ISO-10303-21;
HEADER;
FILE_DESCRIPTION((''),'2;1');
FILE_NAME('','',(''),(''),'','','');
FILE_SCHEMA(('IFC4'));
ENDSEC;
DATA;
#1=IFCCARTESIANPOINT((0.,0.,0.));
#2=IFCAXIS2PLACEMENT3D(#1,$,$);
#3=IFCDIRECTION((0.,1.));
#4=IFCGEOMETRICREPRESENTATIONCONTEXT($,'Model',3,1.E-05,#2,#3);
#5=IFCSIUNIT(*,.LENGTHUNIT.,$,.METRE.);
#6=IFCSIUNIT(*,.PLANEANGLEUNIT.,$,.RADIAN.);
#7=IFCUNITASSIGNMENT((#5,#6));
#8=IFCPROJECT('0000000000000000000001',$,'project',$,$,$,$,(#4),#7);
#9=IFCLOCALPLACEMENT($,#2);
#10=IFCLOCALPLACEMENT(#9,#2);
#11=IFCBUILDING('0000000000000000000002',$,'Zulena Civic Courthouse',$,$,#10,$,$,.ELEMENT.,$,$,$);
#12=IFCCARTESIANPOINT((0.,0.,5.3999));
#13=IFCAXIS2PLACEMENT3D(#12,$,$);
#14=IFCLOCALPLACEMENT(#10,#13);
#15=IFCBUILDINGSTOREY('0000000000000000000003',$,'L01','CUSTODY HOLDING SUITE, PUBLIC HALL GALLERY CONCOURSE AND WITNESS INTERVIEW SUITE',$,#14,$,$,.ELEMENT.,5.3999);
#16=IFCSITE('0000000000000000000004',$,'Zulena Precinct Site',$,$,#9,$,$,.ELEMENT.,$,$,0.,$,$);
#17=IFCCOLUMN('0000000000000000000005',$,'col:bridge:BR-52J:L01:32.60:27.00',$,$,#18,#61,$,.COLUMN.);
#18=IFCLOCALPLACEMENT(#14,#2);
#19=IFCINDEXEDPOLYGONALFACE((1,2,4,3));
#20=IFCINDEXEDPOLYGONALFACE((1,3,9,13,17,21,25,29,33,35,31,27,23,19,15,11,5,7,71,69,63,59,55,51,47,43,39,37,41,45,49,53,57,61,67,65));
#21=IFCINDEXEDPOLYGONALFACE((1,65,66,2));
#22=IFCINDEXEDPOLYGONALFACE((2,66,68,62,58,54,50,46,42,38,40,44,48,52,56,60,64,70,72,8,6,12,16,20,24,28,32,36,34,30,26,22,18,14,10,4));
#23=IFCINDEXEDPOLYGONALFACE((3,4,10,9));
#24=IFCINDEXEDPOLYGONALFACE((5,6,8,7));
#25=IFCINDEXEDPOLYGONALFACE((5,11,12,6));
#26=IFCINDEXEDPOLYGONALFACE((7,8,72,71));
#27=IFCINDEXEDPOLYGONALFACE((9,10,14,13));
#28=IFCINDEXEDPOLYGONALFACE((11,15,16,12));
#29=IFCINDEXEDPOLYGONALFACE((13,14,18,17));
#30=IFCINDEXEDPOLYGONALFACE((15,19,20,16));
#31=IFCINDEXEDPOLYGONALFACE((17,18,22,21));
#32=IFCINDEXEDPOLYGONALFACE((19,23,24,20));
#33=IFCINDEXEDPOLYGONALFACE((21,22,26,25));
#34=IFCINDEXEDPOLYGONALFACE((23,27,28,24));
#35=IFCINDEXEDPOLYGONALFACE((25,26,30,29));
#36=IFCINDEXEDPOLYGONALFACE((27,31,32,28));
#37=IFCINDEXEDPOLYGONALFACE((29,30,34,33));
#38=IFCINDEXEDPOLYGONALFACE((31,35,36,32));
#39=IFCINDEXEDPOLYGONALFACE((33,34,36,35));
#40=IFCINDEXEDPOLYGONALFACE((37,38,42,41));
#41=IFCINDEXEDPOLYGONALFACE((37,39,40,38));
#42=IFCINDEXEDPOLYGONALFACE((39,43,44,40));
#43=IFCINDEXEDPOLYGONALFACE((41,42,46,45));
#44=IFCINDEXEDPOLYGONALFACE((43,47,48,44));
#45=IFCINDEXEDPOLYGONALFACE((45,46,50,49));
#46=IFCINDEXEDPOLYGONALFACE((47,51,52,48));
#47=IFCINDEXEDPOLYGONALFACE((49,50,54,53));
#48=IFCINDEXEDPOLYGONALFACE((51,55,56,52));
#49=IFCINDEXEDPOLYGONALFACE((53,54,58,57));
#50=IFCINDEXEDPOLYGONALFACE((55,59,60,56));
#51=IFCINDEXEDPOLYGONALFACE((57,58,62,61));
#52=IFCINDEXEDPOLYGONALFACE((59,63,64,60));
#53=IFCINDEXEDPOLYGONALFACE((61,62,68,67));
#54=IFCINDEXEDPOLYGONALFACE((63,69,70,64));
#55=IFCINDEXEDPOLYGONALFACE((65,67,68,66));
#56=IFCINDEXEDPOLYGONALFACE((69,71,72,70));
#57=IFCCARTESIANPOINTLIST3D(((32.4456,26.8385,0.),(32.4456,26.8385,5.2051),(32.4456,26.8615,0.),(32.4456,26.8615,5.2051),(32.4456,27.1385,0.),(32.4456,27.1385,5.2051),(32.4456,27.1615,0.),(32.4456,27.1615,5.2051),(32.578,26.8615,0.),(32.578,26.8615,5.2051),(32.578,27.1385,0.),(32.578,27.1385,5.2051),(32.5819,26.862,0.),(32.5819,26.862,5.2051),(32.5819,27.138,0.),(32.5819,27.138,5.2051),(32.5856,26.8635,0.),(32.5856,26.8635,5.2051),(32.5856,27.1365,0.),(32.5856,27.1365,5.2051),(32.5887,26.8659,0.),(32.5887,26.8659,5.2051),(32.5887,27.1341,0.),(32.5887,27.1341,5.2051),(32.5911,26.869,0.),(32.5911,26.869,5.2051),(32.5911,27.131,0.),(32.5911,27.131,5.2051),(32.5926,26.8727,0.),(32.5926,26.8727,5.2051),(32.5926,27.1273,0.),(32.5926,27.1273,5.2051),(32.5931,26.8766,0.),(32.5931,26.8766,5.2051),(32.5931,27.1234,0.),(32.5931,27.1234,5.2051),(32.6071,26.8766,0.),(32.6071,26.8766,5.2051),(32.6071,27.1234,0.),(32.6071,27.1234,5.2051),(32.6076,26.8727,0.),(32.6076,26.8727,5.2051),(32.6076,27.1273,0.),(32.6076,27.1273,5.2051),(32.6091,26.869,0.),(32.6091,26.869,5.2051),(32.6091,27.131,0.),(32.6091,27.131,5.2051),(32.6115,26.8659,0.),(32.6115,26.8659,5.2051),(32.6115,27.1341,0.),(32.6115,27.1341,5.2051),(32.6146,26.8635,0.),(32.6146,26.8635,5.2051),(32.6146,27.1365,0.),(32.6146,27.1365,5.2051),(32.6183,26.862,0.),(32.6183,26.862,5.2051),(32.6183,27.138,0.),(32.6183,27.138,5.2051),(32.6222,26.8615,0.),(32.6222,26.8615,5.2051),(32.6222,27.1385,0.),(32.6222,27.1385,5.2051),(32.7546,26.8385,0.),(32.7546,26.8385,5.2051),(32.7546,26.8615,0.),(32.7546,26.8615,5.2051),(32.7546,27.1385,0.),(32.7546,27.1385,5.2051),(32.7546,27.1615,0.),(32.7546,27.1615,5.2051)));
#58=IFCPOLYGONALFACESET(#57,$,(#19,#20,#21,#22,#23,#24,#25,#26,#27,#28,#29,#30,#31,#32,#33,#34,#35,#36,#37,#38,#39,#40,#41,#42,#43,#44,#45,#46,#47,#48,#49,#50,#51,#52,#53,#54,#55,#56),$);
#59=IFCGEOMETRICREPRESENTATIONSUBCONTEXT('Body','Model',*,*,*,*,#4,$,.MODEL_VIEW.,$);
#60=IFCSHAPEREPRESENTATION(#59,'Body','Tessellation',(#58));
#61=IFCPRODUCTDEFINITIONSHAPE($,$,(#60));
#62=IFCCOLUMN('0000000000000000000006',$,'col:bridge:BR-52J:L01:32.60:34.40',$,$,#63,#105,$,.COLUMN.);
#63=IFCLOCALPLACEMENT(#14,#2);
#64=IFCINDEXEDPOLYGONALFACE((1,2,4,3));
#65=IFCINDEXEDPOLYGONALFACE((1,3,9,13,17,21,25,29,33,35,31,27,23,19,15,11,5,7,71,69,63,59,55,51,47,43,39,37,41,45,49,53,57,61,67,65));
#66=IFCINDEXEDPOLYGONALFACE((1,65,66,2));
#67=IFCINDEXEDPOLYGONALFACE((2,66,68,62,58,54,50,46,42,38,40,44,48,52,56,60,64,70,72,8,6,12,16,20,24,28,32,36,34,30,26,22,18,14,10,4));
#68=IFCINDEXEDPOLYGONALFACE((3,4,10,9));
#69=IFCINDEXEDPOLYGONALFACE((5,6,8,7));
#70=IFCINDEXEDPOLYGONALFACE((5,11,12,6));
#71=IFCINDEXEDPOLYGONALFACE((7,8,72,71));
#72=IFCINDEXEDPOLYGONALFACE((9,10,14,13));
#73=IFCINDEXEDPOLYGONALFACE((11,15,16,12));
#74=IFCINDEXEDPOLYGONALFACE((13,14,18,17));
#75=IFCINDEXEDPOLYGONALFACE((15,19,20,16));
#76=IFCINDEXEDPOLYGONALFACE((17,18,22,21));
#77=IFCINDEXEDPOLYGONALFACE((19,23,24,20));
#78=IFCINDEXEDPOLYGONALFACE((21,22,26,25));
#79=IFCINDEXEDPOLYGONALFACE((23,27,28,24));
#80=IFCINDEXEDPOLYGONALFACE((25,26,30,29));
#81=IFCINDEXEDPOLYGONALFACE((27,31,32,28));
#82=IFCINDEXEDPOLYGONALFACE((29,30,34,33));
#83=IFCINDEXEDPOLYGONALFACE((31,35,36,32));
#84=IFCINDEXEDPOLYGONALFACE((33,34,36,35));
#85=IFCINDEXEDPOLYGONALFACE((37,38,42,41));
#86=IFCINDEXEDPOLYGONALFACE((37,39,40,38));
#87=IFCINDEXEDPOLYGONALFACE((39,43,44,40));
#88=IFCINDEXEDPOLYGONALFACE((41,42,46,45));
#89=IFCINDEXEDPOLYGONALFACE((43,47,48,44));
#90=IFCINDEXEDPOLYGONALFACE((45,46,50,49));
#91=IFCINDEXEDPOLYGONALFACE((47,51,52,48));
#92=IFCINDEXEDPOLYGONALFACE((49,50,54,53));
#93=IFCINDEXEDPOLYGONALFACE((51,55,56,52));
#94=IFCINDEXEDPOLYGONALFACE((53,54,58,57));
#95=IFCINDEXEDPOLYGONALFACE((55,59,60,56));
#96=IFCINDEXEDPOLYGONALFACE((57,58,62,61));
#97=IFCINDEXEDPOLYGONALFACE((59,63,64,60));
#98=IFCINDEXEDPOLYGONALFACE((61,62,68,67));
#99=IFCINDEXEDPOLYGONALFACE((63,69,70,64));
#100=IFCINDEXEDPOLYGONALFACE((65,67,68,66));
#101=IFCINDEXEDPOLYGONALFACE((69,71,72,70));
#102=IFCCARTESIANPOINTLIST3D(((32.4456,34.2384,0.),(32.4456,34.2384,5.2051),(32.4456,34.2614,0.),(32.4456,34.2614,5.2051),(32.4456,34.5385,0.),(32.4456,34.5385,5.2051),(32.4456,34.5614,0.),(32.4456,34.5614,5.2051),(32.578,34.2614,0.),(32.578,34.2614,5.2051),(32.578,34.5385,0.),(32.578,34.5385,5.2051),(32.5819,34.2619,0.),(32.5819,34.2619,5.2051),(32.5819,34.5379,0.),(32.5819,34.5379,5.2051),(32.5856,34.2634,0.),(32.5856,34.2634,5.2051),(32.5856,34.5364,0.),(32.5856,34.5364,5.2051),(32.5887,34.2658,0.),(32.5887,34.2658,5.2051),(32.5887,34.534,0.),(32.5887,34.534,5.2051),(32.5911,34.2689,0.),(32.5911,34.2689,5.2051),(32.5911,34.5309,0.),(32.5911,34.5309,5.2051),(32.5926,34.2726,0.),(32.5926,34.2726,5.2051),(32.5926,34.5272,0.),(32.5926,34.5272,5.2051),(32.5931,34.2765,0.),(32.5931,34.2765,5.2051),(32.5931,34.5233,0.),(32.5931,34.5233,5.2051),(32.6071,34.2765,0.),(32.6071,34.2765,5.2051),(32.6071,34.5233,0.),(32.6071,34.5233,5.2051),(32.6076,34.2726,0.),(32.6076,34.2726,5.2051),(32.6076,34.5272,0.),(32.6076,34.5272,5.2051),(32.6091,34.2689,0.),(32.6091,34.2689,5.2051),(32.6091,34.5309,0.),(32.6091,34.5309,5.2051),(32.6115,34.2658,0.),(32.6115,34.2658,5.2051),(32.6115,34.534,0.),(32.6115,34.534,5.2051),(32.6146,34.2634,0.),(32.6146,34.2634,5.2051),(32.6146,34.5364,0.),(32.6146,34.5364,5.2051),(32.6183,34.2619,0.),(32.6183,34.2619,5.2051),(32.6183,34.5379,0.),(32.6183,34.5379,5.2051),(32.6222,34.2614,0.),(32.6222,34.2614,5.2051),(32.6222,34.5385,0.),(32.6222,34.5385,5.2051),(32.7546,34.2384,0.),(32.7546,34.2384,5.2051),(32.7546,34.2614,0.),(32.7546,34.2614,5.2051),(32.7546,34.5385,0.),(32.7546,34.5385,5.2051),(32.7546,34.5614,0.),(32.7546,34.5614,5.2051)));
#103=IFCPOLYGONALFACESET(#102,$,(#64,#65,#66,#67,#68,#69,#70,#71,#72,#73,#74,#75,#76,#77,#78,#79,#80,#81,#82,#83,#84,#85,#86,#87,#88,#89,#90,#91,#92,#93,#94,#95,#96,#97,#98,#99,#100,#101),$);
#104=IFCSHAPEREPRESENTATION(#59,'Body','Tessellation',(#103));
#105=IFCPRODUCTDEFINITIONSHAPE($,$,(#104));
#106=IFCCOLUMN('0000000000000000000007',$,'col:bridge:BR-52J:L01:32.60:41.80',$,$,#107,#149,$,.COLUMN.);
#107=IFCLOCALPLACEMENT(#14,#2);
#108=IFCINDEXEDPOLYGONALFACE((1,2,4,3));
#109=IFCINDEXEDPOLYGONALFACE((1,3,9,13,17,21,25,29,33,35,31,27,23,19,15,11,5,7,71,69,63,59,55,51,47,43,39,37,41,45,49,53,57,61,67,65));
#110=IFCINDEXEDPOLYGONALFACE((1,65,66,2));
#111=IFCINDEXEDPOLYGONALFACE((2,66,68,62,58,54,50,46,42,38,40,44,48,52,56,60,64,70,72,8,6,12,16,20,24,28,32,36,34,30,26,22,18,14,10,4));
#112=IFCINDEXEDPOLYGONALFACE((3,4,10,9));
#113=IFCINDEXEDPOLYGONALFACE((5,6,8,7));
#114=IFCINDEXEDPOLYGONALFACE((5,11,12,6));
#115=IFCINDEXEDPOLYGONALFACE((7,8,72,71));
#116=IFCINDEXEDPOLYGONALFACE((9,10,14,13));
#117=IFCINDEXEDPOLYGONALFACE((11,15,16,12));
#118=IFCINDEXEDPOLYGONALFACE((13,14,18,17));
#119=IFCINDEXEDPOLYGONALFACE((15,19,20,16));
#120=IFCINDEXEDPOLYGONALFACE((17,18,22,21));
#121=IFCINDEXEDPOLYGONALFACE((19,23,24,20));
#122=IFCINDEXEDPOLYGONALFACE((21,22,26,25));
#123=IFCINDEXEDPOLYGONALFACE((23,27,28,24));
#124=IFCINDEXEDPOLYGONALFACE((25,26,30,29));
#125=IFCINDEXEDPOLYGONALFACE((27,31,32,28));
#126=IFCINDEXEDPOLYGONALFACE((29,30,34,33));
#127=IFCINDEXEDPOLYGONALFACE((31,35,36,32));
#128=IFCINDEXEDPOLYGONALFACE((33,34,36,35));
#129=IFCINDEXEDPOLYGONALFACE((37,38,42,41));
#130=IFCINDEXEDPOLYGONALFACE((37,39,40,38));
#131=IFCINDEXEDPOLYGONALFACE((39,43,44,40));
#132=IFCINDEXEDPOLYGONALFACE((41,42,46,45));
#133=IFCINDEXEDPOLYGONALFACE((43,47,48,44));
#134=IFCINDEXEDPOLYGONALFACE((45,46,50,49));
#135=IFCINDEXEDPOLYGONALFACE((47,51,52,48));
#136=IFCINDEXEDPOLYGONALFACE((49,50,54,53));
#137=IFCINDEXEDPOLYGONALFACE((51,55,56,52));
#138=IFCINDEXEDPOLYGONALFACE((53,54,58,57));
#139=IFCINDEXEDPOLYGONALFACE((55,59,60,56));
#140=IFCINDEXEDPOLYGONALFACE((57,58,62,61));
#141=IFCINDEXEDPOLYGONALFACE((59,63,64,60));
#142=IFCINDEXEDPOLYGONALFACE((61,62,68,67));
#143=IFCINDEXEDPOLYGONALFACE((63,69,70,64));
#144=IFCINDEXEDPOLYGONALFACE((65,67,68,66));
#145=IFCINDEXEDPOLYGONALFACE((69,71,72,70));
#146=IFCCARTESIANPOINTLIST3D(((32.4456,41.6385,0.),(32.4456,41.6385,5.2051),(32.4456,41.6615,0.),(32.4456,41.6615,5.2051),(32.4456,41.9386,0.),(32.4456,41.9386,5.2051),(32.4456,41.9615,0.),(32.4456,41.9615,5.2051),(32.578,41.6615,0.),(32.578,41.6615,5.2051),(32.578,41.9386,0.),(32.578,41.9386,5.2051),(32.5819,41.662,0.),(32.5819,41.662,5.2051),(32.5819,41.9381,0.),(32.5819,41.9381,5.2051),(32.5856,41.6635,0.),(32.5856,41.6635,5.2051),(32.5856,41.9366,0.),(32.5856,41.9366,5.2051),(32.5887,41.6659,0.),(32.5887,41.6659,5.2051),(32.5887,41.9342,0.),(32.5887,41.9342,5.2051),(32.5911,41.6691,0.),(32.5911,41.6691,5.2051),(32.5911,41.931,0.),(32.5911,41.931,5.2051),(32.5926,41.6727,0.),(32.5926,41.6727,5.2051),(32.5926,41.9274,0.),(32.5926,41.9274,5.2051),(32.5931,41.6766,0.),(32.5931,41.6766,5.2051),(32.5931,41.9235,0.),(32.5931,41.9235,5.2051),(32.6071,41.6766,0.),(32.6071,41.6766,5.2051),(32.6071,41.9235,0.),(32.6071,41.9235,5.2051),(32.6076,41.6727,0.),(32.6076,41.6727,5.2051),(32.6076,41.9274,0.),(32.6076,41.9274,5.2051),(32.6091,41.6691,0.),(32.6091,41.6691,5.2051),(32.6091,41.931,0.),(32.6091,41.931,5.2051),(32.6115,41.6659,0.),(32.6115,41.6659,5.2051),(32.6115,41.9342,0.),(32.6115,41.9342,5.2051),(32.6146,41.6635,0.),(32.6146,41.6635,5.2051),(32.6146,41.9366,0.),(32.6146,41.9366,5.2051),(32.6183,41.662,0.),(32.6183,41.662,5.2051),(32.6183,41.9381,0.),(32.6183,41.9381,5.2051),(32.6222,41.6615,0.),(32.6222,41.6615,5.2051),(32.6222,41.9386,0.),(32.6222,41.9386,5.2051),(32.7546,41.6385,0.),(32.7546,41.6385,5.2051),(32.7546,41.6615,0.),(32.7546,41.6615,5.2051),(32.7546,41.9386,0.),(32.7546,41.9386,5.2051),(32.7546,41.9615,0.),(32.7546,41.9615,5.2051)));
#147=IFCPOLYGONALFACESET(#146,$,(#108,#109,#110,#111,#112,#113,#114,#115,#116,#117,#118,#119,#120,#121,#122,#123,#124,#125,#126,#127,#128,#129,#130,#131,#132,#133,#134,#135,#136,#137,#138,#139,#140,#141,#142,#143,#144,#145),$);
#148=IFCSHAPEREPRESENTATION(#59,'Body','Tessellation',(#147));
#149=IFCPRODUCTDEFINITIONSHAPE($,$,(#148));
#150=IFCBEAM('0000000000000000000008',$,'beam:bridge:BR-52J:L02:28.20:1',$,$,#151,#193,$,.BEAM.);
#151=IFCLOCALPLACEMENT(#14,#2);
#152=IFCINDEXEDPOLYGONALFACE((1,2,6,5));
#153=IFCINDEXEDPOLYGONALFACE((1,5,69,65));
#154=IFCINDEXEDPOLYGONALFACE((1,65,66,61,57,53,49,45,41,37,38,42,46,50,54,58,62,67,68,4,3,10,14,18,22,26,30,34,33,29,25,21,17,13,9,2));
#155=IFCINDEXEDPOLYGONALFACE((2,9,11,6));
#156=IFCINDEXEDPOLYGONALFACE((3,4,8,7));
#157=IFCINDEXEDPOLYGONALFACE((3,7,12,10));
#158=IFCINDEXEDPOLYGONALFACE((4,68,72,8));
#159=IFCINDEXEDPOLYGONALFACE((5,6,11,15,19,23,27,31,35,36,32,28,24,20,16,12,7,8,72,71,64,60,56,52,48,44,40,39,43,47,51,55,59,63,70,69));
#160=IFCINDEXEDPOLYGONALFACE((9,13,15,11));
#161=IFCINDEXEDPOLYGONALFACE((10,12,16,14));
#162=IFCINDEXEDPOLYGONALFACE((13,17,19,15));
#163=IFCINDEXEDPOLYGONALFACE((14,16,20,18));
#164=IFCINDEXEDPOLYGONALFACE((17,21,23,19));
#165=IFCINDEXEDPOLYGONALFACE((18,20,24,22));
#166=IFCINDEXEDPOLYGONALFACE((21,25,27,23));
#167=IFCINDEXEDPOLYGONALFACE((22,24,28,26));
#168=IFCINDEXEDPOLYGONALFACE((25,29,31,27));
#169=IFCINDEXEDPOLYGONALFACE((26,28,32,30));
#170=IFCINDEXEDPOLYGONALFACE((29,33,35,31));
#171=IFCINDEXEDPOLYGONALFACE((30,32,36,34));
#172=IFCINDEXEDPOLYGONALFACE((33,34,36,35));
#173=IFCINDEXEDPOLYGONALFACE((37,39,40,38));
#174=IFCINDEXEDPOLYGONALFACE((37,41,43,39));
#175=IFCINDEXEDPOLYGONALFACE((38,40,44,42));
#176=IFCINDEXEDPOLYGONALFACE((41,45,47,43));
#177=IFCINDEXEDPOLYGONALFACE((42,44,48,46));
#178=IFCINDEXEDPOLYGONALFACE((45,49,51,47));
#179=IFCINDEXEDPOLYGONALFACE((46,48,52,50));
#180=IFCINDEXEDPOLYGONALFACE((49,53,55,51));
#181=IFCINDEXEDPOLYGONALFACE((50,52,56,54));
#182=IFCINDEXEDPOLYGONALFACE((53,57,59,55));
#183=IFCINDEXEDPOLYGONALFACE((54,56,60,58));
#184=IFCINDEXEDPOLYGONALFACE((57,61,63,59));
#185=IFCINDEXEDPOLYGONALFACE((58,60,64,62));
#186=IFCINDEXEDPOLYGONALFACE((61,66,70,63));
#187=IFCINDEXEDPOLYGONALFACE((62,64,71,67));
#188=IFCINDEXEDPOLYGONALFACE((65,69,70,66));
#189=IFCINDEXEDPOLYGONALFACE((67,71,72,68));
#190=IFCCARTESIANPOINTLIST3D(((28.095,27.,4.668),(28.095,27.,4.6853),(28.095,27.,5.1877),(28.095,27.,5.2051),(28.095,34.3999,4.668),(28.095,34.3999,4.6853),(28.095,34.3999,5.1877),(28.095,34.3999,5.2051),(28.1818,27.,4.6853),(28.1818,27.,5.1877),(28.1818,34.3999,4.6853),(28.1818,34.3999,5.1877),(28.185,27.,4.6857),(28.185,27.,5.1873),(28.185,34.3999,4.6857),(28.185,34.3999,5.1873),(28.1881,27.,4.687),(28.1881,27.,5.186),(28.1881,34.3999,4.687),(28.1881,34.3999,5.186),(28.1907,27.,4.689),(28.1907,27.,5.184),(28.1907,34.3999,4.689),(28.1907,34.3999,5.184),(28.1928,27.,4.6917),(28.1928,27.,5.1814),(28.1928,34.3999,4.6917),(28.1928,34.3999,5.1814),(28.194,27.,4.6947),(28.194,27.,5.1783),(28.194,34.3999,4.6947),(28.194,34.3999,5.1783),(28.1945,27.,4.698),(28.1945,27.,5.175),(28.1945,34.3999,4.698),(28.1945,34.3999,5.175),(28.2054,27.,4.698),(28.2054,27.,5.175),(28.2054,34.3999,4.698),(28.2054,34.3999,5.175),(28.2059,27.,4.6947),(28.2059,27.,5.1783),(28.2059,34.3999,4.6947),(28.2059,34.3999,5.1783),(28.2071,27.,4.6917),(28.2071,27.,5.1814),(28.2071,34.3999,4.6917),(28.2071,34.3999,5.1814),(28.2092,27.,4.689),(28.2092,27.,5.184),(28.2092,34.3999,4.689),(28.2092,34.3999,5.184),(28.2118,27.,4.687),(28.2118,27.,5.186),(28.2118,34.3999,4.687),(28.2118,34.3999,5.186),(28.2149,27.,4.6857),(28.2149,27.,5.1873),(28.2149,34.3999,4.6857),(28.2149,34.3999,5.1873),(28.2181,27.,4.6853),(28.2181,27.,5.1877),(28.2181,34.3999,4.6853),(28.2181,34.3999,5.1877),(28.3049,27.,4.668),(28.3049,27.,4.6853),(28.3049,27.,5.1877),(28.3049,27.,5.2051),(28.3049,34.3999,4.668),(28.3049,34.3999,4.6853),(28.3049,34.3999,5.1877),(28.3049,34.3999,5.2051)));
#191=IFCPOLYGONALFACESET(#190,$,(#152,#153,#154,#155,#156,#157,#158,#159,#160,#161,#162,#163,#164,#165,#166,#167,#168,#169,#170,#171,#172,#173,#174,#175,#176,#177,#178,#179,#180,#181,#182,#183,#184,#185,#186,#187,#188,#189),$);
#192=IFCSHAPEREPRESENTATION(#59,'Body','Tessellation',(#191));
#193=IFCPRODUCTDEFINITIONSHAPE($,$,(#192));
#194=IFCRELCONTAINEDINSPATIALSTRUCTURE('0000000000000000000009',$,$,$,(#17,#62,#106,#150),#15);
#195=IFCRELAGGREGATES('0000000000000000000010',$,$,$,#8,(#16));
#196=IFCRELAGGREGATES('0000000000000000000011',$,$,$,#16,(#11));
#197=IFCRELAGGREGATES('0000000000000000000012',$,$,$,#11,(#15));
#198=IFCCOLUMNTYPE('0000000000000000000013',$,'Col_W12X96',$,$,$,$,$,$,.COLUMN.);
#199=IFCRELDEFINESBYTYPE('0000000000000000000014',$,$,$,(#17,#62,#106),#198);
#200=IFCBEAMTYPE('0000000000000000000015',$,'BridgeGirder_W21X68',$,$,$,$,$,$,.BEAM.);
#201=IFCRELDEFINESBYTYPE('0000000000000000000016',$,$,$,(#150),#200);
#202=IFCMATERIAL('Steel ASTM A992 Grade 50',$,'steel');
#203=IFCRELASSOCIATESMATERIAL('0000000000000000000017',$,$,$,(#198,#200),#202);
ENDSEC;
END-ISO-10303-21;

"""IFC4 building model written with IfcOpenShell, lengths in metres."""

from ifc_helpers import new_model, si_unit, direction, frame, origin, origin_2d, place, context, subcontext, project, spatial, i_section, extrude, material, material_profile, profile_set, type_object, element, save


model = new_model("IFC4")

# Units and contexts
model_context = context("Model", 3, precision=1e-05, world=origin(), true_north=direction((0.0, 1.0)))
body_context = subcontext(model_context, "Body", "Model", "MODEL_VIEW")
ifc_project = project(units=[si_unit("LENGTHUNIT", "METRE"), si_unit("PLANEANGLEUNIT", "RADIAN")], contexts=[model_context])

# Site, building, storey
site_placement = place(None, origin())
site = spatial("IfcSite", under=ifc_project, at=site_placement, Name="Zulena Precinct Site", CompositionType="ELEMENT", RefElevation=0.0)
building_placement = place(site_placement, origin())
building = spatial("IfcBuilding", under=site, at=building_placement, Name="Zulena Civic Courthouse", CompositionType="ELEMENT")
storey_placement = place(building_placement, frame((0.0, 0.0, 5.3999)))
storey = spatial("IfcBuildingStorey", under=building, at=storey_placement, Name="L01", Description="CUSTODY HOLDING SUITE, PUBLIC HALL GALLERY CONCOURSE AND WITNESS INTERVIEW SUITE", CompositionType="ELEMENT", Elevation=5.3999)

# Columns
ifc_material_1 = material(Name="Steel ASTM A992 Grade 50", Category="steel")
ifc_material_profile_1 = material_profile(ifc_material_1, i_section(OverallWidth=0.3091, OverallDepth=0.323, WebThickness=0.0139, FlangeThickness=0.0229, FilletRadius=0.0151, at=origin_2d()), Name="W12X96")
ifc_profile_set_1 = profile_set([ifc_material_profile_1], Name="Steel ASTM A992 Grade 50")
column_type_1 = type_object("IfcColumnType", Name="Col_W12X96", PredefinedType="COLUMN", material=ifc_profile_set_1)
for number, where, z_axis, x_axis, name in (
    (1, (32.6001, 27.0, 0.0), (0.0, 0.0, 1.0), (1.0, 0.0, 0.0), "col:bridge:BR-52J:L01:32.60:27.00"),
    (2, (32.6001, 34.3999, 0.0), (0.0, 0.0, 1.0), (1.0, 0.0, 0.0), "col:bridge:BR-52J:L01:32.60:34.40"),
    (3, (32.6001, 41.8, 0.0), (0.0, 0.0, 1.0), (1.0, 0.0, 0.0), "col:bridge:BR-52J:L01:32.60:41.80"),
):
    element("IfcColumn", number, at=place(storey_placement, frame(where, z_axis=z_axis, x_axis=x_axis)), inside=storey, type_object=column_type_1, Name=name, PredefinedType="COLUMN", context=body_context, shape_type="SweptSolid", body=[
        extrude(i_section(OverallWidth=0.3091, OverallDepth=0.323, WebThickness=0.0139, FlangeThickness=0.0229, FilletRadius=0.0151, at=origin_2d()), origin(), (0.0, 0.0, 1.0), 5.2051),
    ])

# Beam
ifc_material_profile_2 = material_profile(ifc_material_1, i_section(OverallWidth=0.21, OverallDepth=0.5371, WebThickness=0.011, FlangeThickness=0.0173, FilletRadius=0.0127, at=origin_2d()), Name="W21X68")
ifc_profile_set_2 = profile_set([ifc_material_profile_2], Name="Steel ASTM A992 Grade 50")
beam_type_1 = type_object("IfcBeamType", Name="BridgeGirder_W21X68", PredefinedType="BEAM", material=ifc_profile_set_2)
beam_1_placement = place(storey_placement, frame((28.2, 27.0, 4.9365), z_axis=(0.0, 1.0, 0.0), x_axis=(-1.0, 0.0, 0.0)))
element("IfcBeam", 4, at=beam_1_placement, inside=storey, type_object=beam_type_1, Name="beam:bridge:BR-52J:L02:28.20:1", PredefinedType="BEAM", context=body_context, shape_type="SweptSolid", body=[
    extrude(i_section(OverallWidth=0.21, OverallDepth=0.5371, WebThickness=0.011, FlangeThickness=0.0173, FilletRadius=0.0127, at=origin_2d()), origin(), (0.0, 0.0, 1.0), 7.3999),
])

save(model, "model.ifc")
